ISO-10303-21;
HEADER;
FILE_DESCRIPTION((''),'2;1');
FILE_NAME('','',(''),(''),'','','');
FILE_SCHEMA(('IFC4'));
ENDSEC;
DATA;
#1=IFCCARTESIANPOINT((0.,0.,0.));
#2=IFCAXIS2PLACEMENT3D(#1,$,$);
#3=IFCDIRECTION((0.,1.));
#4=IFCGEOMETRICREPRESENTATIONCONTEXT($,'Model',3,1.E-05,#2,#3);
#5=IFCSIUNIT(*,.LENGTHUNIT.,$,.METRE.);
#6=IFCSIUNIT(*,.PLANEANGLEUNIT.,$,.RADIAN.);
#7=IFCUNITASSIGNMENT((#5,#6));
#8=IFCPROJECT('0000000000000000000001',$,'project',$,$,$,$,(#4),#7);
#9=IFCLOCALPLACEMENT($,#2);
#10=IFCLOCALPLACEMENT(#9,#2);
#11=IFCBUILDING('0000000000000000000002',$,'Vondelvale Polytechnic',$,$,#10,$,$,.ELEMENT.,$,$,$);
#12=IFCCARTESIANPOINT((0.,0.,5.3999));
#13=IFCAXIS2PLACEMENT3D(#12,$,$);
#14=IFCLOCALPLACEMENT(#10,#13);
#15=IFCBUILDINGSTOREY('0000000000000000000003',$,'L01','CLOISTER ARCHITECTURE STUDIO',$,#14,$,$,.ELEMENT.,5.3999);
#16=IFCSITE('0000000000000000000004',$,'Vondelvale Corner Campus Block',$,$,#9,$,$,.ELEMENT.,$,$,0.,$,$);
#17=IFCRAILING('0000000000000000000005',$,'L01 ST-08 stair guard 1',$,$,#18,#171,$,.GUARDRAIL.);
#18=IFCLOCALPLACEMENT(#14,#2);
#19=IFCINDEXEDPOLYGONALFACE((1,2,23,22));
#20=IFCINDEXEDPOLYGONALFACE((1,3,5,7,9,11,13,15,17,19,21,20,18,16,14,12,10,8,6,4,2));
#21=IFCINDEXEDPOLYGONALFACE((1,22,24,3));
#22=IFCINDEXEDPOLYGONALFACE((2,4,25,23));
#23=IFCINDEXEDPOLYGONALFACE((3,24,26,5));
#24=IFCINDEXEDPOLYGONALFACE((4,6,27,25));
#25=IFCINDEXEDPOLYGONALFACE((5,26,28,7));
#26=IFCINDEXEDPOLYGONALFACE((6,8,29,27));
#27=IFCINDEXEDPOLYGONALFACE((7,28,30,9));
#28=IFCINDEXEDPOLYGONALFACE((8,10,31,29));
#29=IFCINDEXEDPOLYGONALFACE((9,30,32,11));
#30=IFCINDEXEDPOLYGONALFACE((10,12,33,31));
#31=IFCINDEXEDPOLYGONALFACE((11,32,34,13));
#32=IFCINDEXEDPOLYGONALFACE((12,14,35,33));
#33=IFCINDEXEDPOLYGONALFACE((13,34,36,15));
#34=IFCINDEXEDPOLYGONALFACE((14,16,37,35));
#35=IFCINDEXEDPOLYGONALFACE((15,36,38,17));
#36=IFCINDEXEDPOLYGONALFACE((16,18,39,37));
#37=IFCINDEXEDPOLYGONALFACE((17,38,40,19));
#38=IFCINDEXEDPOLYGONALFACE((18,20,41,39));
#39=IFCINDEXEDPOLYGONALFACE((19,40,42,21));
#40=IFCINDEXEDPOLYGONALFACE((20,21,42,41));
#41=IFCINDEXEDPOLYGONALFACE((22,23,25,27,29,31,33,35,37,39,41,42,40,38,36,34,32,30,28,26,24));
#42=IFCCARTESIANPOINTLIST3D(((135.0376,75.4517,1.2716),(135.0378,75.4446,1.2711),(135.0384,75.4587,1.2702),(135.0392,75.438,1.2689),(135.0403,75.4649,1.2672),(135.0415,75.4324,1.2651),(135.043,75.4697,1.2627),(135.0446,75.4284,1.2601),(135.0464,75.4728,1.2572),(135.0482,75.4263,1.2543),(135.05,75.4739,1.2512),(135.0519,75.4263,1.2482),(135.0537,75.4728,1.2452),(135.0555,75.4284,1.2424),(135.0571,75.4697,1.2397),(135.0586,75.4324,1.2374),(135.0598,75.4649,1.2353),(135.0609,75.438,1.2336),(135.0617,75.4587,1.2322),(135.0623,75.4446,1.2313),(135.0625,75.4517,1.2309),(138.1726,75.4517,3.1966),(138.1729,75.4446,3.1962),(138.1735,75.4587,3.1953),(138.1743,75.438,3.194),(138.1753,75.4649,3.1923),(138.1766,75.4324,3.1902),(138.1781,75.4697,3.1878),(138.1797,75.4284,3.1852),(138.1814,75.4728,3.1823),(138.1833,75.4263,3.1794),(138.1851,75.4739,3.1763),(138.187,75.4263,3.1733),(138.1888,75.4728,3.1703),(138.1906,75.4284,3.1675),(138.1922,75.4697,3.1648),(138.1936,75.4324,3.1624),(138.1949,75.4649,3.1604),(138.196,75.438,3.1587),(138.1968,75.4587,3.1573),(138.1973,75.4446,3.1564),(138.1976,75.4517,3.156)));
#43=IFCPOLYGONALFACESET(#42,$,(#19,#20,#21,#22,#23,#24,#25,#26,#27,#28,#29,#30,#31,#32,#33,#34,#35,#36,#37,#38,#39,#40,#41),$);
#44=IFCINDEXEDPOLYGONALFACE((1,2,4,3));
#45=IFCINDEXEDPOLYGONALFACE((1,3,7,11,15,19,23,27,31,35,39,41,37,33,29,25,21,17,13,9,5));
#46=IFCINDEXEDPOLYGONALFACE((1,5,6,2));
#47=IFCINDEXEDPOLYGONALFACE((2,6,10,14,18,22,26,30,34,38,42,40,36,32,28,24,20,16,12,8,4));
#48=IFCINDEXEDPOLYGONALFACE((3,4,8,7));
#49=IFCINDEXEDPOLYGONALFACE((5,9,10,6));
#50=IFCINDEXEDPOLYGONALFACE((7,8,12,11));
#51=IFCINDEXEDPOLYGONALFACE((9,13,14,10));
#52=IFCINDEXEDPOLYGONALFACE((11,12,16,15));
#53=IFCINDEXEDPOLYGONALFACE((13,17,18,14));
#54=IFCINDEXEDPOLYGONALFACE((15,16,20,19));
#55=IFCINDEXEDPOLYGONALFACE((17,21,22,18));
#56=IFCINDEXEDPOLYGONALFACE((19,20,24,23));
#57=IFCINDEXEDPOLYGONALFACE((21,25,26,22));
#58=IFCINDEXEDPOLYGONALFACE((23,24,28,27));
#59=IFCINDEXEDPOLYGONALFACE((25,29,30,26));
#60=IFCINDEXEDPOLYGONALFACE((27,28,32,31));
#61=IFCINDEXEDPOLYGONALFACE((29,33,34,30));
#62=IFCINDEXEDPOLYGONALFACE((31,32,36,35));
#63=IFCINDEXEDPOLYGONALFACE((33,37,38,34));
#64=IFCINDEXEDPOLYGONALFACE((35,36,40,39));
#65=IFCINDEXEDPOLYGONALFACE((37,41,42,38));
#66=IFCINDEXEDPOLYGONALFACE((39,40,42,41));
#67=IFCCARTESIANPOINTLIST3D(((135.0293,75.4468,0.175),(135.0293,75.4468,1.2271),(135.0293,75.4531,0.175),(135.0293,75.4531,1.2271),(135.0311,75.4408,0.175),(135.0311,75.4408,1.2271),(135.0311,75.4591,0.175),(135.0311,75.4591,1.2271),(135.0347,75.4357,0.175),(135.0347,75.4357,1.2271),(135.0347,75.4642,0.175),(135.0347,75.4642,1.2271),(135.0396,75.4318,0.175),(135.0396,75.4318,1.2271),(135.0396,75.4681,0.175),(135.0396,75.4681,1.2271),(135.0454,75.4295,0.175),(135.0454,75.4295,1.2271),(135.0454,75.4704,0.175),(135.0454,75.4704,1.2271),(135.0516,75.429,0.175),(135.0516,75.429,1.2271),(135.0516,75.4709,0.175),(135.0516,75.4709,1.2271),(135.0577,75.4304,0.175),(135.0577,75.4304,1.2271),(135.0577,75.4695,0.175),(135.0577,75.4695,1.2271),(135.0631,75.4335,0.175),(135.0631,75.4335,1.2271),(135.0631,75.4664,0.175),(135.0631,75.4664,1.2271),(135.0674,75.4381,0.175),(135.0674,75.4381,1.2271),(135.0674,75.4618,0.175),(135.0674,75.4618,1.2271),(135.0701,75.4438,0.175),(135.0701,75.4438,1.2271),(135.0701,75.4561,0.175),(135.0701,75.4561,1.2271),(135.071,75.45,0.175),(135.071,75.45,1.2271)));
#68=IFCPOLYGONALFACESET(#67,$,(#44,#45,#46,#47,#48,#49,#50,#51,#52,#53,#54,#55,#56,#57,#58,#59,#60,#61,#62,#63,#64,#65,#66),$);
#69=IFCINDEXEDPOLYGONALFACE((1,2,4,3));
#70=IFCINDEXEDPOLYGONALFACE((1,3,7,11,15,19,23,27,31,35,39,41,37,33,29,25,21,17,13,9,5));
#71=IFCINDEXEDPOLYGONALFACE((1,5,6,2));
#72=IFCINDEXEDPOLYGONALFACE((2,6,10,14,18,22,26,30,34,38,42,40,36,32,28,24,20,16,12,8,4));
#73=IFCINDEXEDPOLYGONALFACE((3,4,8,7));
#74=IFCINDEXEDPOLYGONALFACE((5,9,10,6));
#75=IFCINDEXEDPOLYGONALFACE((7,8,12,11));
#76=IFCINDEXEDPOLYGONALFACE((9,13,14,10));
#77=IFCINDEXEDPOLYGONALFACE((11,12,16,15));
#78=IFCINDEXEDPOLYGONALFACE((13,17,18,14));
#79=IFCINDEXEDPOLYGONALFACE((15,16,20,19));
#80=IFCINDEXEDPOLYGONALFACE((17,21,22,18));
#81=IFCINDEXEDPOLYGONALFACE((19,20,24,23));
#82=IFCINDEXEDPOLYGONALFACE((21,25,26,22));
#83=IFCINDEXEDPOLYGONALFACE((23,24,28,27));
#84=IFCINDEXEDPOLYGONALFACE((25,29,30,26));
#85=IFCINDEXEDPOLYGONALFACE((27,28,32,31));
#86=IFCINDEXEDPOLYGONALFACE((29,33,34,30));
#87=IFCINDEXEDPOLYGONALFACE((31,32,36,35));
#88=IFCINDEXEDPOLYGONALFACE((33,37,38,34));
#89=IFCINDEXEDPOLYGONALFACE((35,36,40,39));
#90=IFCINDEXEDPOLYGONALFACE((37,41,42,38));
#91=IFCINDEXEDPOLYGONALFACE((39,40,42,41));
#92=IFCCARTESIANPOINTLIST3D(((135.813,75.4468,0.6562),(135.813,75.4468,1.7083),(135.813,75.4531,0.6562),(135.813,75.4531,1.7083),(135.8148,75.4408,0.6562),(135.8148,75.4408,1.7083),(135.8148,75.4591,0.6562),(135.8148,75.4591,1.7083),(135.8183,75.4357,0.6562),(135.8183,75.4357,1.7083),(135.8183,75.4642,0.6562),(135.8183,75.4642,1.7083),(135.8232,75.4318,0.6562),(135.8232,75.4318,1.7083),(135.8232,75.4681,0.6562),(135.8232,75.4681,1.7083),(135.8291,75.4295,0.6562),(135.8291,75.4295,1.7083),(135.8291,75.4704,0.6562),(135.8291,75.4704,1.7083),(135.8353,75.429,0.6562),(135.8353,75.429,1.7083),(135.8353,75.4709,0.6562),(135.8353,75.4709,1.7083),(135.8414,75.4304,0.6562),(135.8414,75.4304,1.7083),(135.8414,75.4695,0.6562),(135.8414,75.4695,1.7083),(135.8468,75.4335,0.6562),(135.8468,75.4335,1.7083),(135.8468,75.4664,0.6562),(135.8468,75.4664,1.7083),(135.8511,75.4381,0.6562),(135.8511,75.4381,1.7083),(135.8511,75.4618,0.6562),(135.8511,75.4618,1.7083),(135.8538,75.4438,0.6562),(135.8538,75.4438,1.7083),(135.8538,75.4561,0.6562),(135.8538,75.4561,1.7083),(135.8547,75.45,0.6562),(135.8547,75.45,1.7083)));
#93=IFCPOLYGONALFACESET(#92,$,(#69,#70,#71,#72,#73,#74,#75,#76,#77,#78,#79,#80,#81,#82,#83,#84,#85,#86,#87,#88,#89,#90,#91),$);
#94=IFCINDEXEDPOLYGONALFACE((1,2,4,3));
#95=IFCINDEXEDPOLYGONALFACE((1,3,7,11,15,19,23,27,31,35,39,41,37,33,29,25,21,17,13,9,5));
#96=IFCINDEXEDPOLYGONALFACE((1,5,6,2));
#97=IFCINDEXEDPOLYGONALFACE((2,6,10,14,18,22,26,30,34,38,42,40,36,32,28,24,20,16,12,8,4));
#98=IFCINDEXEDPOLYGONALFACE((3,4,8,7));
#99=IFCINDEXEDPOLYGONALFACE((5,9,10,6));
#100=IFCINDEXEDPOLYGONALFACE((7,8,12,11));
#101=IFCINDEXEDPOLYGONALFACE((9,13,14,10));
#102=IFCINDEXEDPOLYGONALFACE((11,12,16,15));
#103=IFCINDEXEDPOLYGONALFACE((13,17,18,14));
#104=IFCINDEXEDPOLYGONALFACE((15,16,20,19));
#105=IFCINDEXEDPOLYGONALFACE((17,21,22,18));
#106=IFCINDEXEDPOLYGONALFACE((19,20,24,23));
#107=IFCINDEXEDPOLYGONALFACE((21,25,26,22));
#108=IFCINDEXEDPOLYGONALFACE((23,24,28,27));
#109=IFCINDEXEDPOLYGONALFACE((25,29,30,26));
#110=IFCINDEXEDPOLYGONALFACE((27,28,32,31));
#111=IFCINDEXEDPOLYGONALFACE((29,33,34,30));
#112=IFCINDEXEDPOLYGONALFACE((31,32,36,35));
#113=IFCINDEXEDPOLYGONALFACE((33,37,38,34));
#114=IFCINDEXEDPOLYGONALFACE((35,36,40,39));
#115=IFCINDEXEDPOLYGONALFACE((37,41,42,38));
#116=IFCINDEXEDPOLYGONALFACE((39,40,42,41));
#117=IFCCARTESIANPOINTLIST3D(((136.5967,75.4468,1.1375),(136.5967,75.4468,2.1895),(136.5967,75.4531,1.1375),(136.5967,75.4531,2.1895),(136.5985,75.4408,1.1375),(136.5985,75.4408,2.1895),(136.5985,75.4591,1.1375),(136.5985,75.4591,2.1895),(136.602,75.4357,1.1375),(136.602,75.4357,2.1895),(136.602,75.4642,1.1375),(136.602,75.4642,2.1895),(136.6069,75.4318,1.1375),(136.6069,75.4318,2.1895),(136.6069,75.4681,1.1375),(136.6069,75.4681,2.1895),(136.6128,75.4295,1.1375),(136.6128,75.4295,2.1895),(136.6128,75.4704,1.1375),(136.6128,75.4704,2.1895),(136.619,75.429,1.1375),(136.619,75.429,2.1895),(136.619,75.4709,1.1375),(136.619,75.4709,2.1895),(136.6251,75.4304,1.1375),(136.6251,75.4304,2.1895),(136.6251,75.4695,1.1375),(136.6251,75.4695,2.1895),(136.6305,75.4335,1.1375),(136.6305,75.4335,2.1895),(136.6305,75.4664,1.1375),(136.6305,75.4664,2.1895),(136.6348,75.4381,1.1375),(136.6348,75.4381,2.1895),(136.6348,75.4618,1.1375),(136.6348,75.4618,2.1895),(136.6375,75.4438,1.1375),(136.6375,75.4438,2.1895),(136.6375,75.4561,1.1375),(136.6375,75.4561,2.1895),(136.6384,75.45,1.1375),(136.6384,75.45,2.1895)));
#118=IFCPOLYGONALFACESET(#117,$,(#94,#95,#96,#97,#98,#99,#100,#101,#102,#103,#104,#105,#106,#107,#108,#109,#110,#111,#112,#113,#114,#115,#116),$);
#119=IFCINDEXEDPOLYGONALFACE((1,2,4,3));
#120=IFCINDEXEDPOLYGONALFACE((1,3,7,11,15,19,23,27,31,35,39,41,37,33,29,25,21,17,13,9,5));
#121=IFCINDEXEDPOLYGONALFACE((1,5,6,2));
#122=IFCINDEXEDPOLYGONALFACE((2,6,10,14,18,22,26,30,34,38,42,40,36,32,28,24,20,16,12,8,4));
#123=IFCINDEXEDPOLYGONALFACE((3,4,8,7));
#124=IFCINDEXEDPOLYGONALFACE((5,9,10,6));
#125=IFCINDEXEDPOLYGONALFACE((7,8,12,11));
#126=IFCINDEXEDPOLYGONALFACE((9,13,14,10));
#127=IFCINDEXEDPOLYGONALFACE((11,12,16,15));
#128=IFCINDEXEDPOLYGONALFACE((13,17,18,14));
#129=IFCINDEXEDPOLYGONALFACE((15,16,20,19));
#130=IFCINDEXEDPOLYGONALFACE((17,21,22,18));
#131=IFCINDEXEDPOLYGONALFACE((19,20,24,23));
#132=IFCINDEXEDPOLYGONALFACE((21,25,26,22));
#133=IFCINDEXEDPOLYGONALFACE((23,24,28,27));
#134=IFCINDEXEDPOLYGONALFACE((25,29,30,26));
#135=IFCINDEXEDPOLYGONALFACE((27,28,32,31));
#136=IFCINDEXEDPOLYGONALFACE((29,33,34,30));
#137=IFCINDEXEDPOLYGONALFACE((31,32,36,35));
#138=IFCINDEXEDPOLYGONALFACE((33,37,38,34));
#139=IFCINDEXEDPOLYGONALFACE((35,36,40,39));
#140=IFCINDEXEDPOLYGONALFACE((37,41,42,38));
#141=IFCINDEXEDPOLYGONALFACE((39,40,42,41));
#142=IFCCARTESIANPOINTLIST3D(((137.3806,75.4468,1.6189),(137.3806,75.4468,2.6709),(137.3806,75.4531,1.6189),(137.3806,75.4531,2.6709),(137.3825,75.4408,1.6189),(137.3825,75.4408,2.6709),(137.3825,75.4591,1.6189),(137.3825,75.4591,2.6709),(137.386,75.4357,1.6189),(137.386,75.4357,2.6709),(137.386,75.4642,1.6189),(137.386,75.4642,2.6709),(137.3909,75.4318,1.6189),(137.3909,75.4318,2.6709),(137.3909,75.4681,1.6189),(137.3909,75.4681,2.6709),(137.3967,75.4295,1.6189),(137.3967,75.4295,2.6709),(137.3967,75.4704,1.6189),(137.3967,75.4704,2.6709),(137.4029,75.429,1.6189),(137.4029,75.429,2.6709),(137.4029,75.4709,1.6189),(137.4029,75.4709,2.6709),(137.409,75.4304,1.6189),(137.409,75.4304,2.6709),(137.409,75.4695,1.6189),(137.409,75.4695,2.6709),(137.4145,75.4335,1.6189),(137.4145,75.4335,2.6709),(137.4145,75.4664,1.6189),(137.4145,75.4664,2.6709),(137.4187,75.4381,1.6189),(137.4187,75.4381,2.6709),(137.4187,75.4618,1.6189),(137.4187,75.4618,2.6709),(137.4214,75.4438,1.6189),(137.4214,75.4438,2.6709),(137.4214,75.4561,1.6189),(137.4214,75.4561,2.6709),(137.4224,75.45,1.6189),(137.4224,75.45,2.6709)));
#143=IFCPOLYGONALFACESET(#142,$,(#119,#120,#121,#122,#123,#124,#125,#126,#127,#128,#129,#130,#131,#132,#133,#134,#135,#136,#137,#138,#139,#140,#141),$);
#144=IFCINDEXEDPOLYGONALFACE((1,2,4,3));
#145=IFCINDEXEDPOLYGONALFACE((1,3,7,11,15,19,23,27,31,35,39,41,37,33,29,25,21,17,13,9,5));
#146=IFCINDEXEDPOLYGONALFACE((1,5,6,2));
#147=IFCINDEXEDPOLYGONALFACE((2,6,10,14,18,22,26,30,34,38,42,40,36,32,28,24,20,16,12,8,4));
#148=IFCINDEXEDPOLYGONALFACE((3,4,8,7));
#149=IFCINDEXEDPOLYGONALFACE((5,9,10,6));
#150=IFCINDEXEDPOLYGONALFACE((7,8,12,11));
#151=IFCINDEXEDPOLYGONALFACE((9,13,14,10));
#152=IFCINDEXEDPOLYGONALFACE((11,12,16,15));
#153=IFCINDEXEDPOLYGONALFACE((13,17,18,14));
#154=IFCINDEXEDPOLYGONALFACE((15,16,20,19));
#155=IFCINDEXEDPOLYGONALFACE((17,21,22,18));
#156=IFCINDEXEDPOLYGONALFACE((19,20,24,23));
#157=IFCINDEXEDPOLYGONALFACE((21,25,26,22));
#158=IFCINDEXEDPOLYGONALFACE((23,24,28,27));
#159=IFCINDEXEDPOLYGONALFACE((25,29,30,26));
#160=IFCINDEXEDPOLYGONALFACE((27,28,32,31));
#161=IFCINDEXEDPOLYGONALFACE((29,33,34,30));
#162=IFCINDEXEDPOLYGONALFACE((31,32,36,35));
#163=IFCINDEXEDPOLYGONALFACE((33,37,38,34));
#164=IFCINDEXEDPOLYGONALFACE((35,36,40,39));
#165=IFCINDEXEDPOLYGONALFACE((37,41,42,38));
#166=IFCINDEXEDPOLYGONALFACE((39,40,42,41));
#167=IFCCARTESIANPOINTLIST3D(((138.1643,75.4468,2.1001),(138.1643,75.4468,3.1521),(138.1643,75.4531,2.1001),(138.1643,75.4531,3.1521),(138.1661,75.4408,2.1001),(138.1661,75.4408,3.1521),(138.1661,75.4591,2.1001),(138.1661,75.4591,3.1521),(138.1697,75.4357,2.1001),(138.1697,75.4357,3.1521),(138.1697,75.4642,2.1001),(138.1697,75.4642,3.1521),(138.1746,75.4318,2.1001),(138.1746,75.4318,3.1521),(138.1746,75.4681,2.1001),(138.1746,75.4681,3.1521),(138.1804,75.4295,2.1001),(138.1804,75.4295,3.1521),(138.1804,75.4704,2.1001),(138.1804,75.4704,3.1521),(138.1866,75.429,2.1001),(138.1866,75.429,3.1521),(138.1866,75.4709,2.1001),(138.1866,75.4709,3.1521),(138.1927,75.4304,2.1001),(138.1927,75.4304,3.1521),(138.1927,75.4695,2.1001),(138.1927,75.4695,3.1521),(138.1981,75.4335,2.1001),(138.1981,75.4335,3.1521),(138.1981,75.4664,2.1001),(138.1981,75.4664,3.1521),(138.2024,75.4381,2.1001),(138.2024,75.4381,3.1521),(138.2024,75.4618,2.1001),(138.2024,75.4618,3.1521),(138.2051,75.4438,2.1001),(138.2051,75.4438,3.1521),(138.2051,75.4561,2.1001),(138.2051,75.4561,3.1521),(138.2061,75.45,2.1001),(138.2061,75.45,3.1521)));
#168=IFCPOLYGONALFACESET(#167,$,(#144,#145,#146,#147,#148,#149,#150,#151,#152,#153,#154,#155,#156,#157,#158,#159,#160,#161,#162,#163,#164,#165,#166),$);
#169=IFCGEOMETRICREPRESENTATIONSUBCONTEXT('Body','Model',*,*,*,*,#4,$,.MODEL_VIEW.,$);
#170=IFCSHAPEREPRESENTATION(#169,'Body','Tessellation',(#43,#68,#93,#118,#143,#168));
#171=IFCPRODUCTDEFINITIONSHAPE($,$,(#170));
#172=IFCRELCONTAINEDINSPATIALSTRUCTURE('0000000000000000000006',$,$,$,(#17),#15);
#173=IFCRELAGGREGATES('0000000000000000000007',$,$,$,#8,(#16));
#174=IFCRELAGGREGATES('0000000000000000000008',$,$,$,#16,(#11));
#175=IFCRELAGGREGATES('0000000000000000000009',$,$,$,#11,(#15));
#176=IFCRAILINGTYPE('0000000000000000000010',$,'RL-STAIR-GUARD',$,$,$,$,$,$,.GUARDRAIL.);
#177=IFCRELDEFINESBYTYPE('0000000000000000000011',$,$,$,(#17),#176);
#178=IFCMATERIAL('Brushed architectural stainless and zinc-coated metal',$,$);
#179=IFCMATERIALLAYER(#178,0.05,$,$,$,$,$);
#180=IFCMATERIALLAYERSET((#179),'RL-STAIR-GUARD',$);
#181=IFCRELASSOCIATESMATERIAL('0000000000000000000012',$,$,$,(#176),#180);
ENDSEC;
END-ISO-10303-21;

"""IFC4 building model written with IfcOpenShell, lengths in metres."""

from ifc_helpers import new_model, si_unit, direction, frame, origin, origin_2d, place, context, subcontext, project, spatial, circle, extrude, material, layer, layer_set, type_object, element, save


model = new_model("IFC4")

# Units and contexts
model_context = context("Model", 3, precision=1e-05, world=origin(), true_north=direction((0.0, 1.0)))
body_context = subcontext(model_context, "Body", "Model", "MODEL_VIEW")
ifc_project = project(units=[si_unit("LENGTHUNIT", "METRE"), si_unit("PLANEANGLEUNIT", "RADIAN")], contexts=[model_context])

# Site, building, storey
site_placement = place(None, origin())
site = spatial("IfcSite", under=ifc_project, at=site_placement, Name="Vondelvale Corner Campus Block", CompositionType="ELEMENT", RefElevation=0.0)
building_placement = place(site_placement, origin())
building = spatial("IfcBuilding", under=site, at=building_placement, Name="Vondelvale Polytechnic", CompositionType="ELEMENT")
storey_placement = place(building_placement, frame((0.0, 0.0, 5.3999)))
storey = spatial("IfcBuildingStorey", under=building, at=storey_placement, Name="L01", Description="CLOISTER ARCHITECTURE STUDIO", CompositionType="ELEMENT", Elevation=5.3999)

# Shared definitions
ifc_material_1 = material(Name="Brushed architectural stainless and zinc-coated metal")

# Railing
ifc_layer_1 = layer(ifc_material_1, 0.05)
ifc_layer_set_1 = layer_set([ifc_layer_1], Name="RL-STAIR-GUARD")
railing_type_1 = type_object("IfcRailingType", Name="RL-STAIR-GUARD", PredefinedType="GUARDRAIL", material=ifc_layer_set_1)
railing_1_placement = place(storey_placement, frame((135.05, 75.45, 0.175)))
element("IfcRailing", 1, at=railing_1_placement, inside=storey, type_object=railing_type_1, Name="L01 ST-08 stair guard 1", PredefinedType="GUARDRAIL", context=body_context, shape_type="SweptSolid", body=[
    extrude(circle(Radius=0.0239, at=origin_2d()), frame((0.0, 0.0, 1.0762), z_axis=(0.852166, 0.0, 0.523271), x_axis=(0.0, 1.0, 0.0)), (0.0, 0.0, 1.0), 3.679),
    extrude(circle(Radius=0.021, at=origin_2d()), origin(), (0.0, 0.0, 1.0), 1.052),
    extrude(circle(Radius=0.021, at=origin_2d()), frame((0.7837, 0.0, 0.4812)), (0.0, 0.0, 1.0), 1.052),
    extrude(circle(Radius=0.021, at=origin_2d()), frame((1.5674, 0.0, 0.9624)), (0.0, 0.0, 1.0), 1.052),
    extrude(circle(Radius=0.021, at=origin_2d()), frame((2.3513, 0.0, 1.4438)), (0.0, 0.0, 1.0), 1.052),
    extrude(circle(Radius=0.021, at=origin_2d()), frame((3.135, 0.0, 1.925)), (0.0, 0.0, 1.0), 1.052),
])

save(model, "model.ifc")
